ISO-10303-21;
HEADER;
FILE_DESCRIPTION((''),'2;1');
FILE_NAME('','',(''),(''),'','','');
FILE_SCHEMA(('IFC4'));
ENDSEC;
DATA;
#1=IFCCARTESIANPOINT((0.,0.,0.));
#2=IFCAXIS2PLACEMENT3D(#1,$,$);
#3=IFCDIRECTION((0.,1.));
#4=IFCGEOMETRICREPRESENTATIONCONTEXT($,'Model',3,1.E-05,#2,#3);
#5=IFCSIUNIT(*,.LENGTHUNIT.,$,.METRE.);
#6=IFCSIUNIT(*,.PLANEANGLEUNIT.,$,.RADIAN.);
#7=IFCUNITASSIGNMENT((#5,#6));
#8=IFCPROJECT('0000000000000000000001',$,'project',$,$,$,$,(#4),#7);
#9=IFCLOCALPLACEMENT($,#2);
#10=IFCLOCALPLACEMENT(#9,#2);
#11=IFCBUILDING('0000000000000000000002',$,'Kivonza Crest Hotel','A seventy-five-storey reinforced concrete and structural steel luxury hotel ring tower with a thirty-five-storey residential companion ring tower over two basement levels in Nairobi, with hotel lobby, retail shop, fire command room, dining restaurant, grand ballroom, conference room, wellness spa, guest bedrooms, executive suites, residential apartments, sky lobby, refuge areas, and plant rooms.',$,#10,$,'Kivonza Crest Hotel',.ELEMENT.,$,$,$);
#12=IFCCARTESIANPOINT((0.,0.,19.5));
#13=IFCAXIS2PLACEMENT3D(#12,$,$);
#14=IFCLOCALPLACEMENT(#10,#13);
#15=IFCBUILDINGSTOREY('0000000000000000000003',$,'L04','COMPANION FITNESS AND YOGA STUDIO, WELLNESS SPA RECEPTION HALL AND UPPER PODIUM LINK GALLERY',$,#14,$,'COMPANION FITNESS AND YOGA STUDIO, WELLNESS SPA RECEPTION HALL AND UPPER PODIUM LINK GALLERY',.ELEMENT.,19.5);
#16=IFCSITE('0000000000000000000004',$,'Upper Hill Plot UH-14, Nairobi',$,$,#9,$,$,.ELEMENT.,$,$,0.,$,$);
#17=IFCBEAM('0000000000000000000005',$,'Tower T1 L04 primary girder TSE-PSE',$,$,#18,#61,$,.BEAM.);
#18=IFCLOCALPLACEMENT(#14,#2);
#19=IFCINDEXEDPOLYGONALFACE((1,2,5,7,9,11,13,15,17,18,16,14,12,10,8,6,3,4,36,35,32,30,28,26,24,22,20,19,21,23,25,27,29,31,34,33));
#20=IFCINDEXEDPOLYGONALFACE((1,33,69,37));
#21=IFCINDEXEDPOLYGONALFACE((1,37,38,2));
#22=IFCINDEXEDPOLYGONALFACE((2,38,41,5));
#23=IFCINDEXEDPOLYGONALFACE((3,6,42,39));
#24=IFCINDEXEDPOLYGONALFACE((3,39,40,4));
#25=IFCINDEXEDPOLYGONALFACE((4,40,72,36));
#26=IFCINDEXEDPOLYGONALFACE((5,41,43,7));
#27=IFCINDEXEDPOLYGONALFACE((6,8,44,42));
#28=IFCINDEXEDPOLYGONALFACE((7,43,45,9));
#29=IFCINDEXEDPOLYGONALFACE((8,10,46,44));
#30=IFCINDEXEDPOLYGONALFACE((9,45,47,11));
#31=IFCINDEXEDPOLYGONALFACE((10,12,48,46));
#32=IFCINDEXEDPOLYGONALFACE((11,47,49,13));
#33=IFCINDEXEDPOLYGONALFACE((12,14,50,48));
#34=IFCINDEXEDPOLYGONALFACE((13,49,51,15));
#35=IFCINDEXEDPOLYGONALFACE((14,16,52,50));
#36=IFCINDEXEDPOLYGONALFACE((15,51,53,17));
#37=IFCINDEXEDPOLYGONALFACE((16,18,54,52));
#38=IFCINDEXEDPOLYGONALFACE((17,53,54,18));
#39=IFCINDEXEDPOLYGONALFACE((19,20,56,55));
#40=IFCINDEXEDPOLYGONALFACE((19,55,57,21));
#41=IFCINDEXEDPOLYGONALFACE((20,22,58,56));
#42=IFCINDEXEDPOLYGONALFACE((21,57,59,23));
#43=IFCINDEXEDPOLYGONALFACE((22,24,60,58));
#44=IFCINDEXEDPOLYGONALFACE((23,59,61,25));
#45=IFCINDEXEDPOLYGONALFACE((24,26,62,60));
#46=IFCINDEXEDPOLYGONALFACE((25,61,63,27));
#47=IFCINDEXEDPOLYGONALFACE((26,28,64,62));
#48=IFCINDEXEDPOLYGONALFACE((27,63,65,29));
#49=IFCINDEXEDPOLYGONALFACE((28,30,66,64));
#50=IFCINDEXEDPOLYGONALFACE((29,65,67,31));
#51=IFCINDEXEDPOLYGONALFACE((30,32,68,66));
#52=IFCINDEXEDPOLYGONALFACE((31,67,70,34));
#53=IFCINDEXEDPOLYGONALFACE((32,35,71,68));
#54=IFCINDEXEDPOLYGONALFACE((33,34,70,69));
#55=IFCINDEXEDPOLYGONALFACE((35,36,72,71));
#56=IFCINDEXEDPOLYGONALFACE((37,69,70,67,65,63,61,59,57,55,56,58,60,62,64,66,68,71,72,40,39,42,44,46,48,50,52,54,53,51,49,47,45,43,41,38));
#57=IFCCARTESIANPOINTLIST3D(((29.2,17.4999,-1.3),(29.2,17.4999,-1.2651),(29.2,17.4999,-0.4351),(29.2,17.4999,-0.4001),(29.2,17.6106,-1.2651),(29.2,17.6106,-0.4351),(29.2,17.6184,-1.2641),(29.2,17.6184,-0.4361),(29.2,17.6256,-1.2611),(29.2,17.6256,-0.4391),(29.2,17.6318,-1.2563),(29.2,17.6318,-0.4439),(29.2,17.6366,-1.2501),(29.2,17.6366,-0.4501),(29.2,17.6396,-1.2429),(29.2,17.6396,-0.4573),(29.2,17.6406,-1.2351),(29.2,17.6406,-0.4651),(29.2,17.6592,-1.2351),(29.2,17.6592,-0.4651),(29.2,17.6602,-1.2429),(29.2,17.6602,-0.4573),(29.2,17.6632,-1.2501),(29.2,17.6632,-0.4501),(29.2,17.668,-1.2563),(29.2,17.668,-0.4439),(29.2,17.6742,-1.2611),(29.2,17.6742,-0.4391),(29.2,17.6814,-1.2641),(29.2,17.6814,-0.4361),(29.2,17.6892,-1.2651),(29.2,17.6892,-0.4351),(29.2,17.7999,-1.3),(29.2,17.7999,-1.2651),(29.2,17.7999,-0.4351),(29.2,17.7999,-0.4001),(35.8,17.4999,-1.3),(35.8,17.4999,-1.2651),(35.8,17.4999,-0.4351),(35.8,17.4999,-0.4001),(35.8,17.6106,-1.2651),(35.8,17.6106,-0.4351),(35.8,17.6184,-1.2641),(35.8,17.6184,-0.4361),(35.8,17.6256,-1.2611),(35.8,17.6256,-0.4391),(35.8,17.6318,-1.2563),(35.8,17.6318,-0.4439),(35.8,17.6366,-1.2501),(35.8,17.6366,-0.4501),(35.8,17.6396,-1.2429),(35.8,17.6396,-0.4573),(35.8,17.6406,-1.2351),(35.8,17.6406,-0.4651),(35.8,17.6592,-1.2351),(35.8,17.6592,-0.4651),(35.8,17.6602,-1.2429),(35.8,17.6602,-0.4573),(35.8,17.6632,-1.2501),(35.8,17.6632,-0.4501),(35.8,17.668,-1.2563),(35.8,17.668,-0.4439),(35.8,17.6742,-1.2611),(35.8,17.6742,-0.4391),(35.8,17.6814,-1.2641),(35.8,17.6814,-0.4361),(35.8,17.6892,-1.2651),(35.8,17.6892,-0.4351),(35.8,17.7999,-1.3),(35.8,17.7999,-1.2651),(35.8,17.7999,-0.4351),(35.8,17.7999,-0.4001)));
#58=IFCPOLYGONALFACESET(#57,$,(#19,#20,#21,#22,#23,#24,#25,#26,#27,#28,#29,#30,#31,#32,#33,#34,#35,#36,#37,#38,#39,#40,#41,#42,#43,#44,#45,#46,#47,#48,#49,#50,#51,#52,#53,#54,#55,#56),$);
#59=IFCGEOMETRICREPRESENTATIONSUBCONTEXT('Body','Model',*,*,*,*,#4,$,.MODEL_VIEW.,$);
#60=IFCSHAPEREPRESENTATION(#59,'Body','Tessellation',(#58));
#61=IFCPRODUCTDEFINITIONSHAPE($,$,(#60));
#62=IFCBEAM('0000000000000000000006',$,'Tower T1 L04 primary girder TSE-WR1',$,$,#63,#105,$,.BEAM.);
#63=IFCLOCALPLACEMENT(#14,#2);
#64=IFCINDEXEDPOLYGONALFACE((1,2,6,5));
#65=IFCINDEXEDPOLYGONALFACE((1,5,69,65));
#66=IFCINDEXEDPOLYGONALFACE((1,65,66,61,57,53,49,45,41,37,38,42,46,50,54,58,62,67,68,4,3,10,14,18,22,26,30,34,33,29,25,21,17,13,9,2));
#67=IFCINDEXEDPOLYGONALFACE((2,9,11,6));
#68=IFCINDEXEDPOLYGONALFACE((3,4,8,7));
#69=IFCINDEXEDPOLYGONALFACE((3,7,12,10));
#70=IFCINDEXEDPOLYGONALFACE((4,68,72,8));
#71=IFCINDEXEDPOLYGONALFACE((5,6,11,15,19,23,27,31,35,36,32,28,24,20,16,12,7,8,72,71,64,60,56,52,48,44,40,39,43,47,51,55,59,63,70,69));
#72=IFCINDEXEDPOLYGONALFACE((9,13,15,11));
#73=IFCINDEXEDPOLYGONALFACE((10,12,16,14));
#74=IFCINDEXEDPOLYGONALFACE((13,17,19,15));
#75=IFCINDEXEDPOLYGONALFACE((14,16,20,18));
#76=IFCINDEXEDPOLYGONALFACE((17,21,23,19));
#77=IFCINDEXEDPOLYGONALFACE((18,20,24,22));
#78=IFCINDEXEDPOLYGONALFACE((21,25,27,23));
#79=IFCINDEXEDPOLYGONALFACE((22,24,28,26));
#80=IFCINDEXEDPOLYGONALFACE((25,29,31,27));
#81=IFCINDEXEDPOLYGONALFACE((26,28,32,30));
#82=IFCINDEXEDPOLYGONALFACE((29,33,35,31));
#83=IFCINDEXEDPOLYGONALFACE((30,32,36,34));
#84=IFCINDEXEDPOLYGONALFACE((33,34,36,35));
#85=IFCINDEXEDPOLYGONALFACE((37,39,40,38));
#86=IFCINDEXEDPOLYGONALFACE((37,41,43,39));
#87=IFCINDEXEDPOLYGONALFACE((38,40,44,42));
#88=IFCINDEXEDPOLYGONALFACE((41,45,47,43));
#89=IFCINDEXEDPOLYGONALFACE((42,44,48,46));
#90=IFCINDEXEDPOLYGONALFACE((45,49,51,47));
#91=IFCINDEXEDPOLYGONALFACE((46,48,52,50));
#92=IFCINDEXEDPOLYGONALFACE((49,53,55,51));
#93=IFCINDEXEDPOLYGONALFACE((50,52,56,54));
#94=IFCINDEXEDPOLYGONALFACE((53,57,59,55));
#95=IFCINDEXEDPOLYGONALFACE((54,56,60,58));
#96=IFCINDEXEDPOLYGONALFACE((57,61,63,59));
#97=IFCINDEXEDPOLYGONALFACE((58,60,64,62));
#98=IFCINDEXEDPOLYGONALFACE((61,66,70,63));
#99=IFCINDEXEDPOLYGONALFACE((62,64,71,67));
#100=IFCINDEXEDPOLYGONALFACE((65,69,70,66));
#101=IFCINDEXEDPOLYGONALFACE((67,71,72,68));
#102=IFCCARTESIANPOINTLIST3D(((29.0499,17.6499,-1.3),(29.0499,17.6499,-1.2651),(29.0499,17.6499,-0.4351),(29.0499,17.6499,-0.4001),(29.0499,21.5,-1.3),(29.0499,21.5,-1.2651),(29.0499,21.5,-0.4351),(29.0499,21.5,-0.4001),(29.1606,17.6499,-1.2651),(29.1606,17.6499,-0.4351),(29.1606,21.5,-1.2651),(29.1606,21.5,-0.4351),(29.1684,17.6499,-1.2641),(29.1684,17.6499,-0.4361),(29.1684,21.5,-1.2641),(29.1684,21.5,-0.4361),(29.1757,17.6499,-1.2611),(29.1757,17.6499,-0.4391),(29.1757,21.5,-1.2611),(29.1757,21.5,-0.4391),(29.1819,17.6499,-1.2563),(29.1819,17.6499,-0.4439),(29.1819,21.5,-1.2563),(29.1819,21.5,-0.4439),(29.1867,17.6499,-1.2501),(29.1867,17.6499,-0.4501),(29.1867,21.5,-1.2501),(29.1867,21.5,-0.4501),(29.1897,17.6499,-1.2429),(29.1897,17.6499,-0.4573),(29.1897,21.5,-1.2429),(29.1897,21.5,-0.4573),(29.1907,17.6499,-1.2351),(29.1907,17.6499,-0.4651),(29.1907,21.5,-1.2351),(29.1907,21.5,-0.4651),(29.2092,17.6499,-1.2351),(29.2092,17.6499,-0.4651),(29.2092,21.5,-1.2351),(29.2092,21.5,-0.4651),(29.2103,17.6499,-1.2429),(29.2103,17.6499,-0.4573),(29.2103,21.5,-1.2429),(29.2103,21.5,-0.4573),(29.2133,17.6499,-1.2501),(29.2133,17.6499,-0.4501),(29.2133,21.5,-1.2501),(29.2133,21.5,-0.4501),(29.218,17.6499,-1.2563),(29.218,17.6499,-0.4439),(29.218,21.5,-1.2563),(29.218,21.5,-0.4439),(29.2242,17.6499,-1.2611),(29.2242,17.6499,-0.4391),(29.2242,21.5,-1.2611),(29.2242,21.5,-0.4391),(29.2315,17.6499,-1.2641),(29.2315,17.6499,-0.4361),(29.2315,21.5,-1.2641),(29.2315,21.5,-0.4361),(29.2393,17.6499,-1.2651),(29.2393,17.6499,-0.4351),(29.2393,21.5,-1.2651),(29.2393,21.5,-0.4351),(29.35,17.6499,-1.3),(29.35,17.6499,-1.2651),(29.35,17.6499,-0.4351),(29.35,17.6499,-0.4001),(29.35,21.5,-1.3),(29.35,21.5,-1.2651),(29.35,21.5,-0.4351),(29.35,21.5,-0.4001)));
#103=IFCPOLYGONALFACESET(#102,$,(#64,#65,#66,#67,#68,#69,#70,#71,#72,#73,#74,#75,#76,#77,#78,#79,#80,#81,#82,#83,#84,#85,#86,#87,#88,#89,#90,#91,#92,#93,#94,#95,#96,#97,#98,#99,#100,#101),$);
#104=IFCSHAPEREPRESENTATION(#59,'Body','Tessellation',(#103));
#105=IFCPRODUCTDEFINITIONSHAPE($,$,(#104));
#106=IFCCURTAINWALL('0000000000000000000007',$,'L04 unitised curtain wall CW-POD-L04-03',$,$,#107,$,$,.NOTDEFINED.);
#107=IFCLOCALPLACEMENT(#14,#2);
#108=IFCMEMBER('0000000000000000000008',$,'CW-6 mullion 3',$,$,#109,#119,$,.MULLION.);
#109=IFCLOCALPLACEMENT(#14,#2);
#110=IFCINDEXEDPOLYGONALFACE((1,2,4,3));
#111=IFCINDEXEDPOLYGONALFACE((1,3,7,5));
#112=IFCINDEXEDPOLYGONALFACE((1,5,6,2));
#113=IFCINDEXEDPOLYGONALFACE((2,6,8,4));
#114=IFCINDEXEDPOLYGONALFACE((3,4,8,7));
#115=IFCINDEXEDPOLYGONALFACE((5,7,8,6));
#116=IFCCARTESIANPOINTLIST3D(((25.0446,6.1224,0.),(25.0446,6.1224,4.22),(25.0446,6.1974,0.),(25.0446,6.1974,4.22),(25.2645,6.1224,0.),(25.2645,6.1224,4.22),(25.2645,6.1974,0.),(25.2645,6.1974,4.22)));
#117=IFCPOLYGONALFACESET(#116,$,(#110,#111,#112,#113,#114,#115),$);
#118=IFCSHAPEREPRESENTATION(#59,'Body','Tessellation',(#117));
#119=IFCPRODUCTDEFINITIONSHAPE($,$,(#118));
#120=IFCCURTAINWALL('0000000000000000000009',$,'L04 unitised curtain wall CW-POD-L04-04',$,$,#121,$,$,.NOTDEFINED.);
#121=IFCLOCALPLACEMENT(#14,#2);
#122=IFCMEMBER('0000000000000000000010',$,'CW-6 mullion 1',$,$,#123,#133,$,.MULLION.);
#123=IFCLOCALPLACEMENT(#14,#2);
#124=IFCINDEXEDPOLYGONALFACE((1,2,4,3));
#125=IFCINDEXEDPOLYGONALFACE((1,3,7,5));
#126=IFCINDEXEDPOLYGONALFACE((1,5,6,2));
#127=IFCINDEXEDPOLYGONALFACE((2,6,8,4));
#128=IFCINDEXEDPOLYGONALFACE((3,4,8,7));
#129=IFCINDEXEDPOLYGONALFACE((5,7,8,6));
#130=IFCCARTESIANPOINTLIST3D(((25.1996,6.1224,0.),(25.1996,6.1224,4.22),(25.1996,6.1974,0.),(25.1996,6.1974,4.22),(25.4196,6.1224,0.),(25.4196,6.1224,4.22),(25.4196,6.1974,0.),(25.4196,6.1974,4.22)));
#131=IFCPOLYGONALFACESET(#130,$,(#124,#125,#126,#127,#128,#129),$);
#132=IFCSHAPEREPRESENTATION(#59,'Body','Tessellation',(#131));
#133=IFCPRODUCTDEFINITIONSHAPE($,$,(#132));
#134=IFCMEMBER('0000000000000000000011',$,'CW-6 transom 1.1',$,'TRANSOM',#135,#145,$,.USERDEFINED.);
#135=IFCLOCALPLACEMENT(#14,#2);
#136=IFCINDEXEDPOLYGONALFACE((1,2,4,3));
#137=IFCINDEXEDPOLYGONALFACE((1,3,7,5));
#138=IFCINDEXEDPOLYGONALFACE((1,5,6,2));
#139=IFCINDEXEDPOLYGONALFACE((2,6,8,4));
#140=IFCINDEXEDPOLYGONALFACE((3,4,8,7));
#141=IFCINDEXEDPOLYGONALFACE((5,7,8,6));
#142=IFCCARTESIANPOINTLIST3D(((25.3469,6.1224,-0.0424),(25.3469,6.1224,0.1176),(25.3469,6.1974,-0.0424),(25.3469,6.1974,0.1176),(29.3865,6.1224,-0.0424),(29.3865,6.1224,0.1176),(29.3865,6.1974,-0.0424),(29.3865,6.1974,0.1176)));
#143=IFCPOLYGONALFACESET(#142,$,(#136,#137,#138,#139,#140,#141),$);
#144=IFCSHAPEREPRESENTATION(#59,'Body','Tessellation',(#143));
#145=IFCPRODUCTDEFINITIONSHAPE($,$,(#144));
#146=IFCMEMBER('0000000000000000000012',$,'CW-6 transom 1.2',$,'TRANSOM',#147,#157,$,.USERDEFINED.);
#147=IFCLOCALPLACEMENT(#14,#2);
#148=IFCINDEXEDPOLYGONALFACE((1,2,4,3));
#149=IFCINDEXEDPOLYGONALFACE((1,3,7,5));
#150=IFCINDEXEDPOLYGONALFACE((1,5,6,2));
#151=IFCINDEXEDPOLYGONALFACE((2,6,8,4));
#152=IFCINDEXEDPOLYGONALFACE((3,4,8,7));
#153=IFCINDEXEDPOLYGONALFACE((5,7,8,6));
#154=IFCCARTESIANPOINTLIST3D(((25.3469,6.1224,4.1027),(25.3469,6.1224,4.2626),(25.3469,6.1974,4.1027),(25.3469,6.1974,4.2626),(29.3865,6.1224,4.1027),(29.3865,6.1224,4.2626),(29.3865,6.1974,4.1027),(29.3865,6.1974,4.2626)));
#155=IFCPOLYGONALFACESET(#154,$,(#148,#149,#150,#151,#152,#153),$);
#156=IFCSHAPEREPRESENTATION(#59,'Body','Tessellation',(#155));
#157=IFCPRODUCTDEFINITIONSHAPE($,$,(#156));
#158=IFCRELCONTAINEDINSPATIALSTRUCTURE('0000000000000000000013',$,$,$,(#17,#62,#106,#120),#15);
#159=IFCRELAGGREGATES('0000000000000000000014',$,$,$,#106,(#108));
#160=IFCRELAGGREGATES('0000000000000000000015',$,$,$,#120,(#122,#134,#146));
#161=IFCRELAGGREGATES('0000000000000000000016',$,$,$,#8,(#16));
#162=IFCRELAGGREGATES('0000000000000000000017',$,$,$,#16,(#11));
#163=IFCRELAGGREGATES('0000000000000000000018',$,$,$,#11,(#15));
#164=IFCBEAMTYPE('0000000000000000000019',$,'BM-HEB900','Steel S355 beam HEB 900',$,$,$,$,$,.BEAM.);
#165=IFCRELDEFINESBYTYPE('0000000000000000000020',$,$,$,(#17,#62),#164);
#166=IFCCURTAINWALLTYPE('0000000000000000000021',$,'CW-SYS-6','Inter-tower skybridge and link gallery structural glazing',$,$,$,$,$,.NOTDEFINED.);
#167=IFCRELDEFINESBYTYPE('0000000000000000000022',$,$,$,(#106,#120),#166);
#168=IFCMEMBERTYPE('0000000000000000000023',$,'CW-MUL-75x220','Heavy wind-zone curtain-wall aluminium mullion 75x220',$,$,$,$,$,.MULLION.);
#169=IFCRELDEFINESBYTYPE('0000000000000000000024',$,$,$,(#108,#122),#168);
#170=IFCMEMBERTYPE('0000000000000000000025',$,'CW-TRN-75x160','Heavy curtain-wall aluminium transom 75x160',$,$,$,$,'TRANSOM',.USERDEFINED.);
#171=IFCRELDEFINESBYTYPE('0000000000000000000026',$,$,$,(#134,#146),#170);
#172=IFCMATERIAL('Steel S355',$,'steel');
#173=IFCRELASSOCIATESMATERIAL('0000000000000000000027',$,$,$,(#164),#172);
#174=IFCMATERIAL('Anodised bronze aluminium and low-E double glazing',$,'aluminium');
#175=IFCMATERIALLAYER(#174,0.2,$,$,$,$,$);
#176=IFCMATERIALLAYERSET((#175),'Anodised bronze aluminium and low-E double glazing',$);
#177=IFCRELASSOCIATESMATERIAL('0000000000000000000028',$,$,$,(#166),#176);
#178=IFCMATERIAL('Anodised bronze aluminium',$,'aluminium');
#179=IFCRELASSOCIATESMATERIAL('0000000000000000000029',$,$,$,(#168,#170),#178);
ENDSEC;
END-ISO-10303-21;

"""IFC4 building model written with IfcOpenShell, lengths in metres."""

from ifc_helpers import new_model, si_unit, direction, frame, origin, origin_2d, place, context, subcontext, project, spatial, rectangle, i_section, extrude, material, layer, layer_set, material_profile, profile_set, type_object, element, aggregate, save


model = new_model("IFC4")

# Units and contexts
model_context = context("Model", 3, precision=1e-05, world=origin(), true_north=direction((0.0, 1.0)))
body_context = subcontext(model_context, "Body", "Model", "MODEL_VIEW")
ifc_project = project(units=[si_unit("LENGTHUNIT", "METRE"), si_unit("PLANEANGLEUNIT", "RADIAN")], contexts=[model_context])

# Site, building, storey
site_placement = place(None, origin())
site = spatial("IfcSite", under=ifc_project, at=site_placement, Name="Upper Hill Plot UH-14, Nairobi", CompositionType="ELEMENT", RefElevation=0.0)
building_placement = place(site_placement, origin())
building = spatial("IfcBuilding", under=site, at=building_placement, Name="Kivonza Crest Hotel", Description="A seventy-five-storey reinforced concrete and structural steel luxury hotel ring tower with a thirty-five-storey residential companion ring tower over two basement levels in Nairobi, with hotel lobby, retail shop, fire command room, dining restaurant, grand ballroom, conference room, wellness spa, guest bedrooms, executive suites, residential apartments, sky lobby, refuge areas, and plant rooms.", LongName="Kivonza Crest Hotel", CompositionType="ELEMENT")
storey_placement = place(building_placement, frame((0.0, 0.0, 19.5)))
storey = spatial("IfcBuildingStorey", under=building, at=storey_placement, Name="L04", Description="COMPANION FITNESS AND YOGA STUDIO, WELLNESS SPA RECEPTION HALL AND UPPER PODIUM LINK GALLERY", LongName="COMPANION FITNESS AND YOGA STUDIO, WELLNESS SPA RECEPTION HALL AND UPPER PODIUM LINK GALLERY", CompositionType="ELEMENT", Elevation=19.5)

# Shared definitions
ifc_material_1 = material(Name="Steel S355", Category="steel")

# Beams
ifc_material_profile_1 = material_profile(ifc_material_1, i_section(OverallWidth=0.3, OverallDepth=0.8999, WebThickness=0.0186, FlangeThickness=0.0349, FilletRadius=0.03, at=origin_2d()), Name="HEB 900")
ifc_profile_set_1 = profile_set([ifc_material_profile_1], Name="Steel S355")
beam_type_1 = type_object("IfcBeamType", Name="BM-HEB900", Description="Steel S355 beam HEB 900", PredefinedType="BEAM", material=ifc_profile_set_1)
beam_1_placement = place(storey_placement, frame((29.2, 17.6499, -0.8501), z_axis=(1.0, 0.0, 0.0), x_axis=(0.0, 1.0, 0.0)))
element("IfcBeam", 1, at=beam_1_placement, inside=storey, type_object=beam_type_1, Name="Tower T1 L04 primary girder TSE-PSE", PredefinedType="BEAM", context=body_context, shape_type="SweptSolid", body=[
    extrude(i_section(OverallWidth=0.3, OverallDepth=0.8999, WebThickness=0.0186, FlangeThickness=0.0349, FilletRadius=0.03, at=origin_2d()), origin(), (0.0, 0.0, 1.0), 6.6001),
])
beam_2_placement = place(storey_placement, frame((29.2, 17.6499, -0.8501), z_axis=(0.0, 1.0, 0.0), x_axis=(-1.0, 0.0, 0.0)))
element("IfcBeam", 2, at=beam_2_placement, inside=storey, type_object=beam_type_1, Name="Tower T1 L04 primary girder TSE-WR1", PredefinedType="BEAM", context=body_context, shape_type="SweptSolid", body=[
    extrude(i_section(OverallWidth=0.3, OverallDepth=0.8999, WebThickness=0.0186, FlangeThickness=0.0349, FilletRadius=0.03, at=origin_2d()), origin(), (0.0, 0.0, 1.0), 3.8501),
])

# Curtain wall, member
ifc_material_2 = material(Name="Anodised bronze aluminium and low-E double glazing", Category="aluminium")
ifc_layer_1 = layer(ifc_material_2, 0.2)
ifc_layer_set_1 = layer_set([ifc_layer_1], Name="Anodised bronze aluminium and low-E double glazing")
curtain_wall_type = type_object("IfcCurtainWallType", Name="CW-SYS-6", Description="Inter-tower skybridge and link gallery structural glazing", PredefinedType="NOTDEFINED", material=ifc_layer_set_1)
curtain_wall_1_placement = place(storey_placement, origin())
curtain_wall_1 = element("IfcCurtainWall", 3, at=curtain_wall_1_placement, inside=storey, type_object=curtain_wall_type, Name="L04 unitised curtain wall CW-POD-L04-03", PredefinedType="NOTDEFINED")
ifc_material_3 = material(Name="Anodised bronze aluminium", Category="aluminium")
ifc_material_profile_2 = material_profile(ifc_material_3, rectangle(XDim=0.075, YDim=0.22, at=origin_2d()), Name="CW-M 75x220")
ifc_profile_set_2 = profile_set([ifc_material_profile_2], Name="Anodised bronze aluminium")
member_type_1 = type_object("IfcMemberType", Name="CW-MUL-75x220", Description="Heavy wind-zone curtain-wall aluminium mullion 75x220", PredefinedType="MULLION", material=ifc_profile_set_2)
member_1_placement = place(storey_placement, frame((25.1545, 6.1599, 0.0), z_axis=(0.0, 0.0, 1.0), x_axis=(0.0, 1.0, 0.0)))
member_1 = element("IfcMember", 4, at=member_1_placement, type_object=member_type_1, Name="CW-6 mullion 3", PredefinedType="MULLION", context=body_context, shape_type="SweptSolid", body=[
    extrude(rectangle(XDim=0.075, YDim=0.22, at=origin_2d()), origin(), (0.0, 0.0, 1.0), 4.22),
])
aggregate(curtain_wall_1, [member_1])

# Curtain wall, members
curtain_wall_2_placement = place(storey_placement, origin())
curtain_wall_2 = element("IfcCurtainWall", 5, at=curtain_wall_2_placement, inside=storey, type_object=curtain_wall_type, Name="L04 unitised curtain wall CW-POD-L04-04", PredefinedType="NOTDEFINED")
member_2_placement = place(storey_placement, frame((25.3096, 6.1599, 0.0), z_axis=(0.0, 0.0, 1.0), x_axis=(0.0, 1.0, 0.0)))
member_2 = element("IfcMember", 6, at=member_2_placement, type_object=member_type_1, Name="CW-6 mullion 1", PredefinedType="MULLION", context=body_context, shape_type="SweptSolid", body=[
    extrude(rectangle(XDim=0.075, YDim=0.22, at=origin_2d()), origin(), (0.0, 0.0, 1.0), 4.22),
])
ifc_material_profile_3 = material_profile(ifc_material_3, rectangle(XDim=0.075, YDim=0.1599, at=origin_2d()), Name="CW-T 75x160")
ifc_profile_set_3 = profile_set([ifc_material_profile_3], Name="Anodised bronze aluminium")
member_type_2 = type_object("IfcMemberType", Name="CW-TRN-75x160", Description="Heavy curtain-wall aluminium transom 75x160", ElementType="TRANSOM", PredefinedType="USERDEFINED", material=ifc_profile_set_3)
member_3_placement = place(storey_placement, frame((25.3469, 6.1599, 0.0376), z_axis=(1.0, 0.0, 0.0), x_axis=(0.0, 1.0, 0.0)))
member_3 = element("IfcMember", 7, at=member_3_placement, type_object=member_type_2, Name="CW-6 transom 1.1", ObjectType="TRANSOM", PredefinedType="USERDEFINED", context=body_context, shape_type="SweptSolid", body=[
    extrude(rectangle(XDim=0.075, YDim=0.1599, at=origin_2d()), origin(), (0.0, 0.0, 1.0), 4.0396),
])
member_4_placement = place(storey_placement, frame((25.3469, 6.1599, 4.1826), z_axis=(1.0, 0.0, 0.0), x_axis=(0.0, 1.0, 0.0)))
member_4 = element("IfcMember", 8, at=member_4_placement, type_object=member_type_2, Name="CW-6 transom 1.2", ObjectType="TRANSOM", PredefinedType="USERDEFINED", context=body_context, shape_type="SweptSolid", body=[
    extrude(rectangle(XDim=0.075, YDim=0.1599, at=origin_2d()), origin(), (0.0, 0.0, 1.0), 4.0396),
])

aggregate(curtain_wall_2, [member_2, member_3, member_4])

save(model, "model.ifc")
